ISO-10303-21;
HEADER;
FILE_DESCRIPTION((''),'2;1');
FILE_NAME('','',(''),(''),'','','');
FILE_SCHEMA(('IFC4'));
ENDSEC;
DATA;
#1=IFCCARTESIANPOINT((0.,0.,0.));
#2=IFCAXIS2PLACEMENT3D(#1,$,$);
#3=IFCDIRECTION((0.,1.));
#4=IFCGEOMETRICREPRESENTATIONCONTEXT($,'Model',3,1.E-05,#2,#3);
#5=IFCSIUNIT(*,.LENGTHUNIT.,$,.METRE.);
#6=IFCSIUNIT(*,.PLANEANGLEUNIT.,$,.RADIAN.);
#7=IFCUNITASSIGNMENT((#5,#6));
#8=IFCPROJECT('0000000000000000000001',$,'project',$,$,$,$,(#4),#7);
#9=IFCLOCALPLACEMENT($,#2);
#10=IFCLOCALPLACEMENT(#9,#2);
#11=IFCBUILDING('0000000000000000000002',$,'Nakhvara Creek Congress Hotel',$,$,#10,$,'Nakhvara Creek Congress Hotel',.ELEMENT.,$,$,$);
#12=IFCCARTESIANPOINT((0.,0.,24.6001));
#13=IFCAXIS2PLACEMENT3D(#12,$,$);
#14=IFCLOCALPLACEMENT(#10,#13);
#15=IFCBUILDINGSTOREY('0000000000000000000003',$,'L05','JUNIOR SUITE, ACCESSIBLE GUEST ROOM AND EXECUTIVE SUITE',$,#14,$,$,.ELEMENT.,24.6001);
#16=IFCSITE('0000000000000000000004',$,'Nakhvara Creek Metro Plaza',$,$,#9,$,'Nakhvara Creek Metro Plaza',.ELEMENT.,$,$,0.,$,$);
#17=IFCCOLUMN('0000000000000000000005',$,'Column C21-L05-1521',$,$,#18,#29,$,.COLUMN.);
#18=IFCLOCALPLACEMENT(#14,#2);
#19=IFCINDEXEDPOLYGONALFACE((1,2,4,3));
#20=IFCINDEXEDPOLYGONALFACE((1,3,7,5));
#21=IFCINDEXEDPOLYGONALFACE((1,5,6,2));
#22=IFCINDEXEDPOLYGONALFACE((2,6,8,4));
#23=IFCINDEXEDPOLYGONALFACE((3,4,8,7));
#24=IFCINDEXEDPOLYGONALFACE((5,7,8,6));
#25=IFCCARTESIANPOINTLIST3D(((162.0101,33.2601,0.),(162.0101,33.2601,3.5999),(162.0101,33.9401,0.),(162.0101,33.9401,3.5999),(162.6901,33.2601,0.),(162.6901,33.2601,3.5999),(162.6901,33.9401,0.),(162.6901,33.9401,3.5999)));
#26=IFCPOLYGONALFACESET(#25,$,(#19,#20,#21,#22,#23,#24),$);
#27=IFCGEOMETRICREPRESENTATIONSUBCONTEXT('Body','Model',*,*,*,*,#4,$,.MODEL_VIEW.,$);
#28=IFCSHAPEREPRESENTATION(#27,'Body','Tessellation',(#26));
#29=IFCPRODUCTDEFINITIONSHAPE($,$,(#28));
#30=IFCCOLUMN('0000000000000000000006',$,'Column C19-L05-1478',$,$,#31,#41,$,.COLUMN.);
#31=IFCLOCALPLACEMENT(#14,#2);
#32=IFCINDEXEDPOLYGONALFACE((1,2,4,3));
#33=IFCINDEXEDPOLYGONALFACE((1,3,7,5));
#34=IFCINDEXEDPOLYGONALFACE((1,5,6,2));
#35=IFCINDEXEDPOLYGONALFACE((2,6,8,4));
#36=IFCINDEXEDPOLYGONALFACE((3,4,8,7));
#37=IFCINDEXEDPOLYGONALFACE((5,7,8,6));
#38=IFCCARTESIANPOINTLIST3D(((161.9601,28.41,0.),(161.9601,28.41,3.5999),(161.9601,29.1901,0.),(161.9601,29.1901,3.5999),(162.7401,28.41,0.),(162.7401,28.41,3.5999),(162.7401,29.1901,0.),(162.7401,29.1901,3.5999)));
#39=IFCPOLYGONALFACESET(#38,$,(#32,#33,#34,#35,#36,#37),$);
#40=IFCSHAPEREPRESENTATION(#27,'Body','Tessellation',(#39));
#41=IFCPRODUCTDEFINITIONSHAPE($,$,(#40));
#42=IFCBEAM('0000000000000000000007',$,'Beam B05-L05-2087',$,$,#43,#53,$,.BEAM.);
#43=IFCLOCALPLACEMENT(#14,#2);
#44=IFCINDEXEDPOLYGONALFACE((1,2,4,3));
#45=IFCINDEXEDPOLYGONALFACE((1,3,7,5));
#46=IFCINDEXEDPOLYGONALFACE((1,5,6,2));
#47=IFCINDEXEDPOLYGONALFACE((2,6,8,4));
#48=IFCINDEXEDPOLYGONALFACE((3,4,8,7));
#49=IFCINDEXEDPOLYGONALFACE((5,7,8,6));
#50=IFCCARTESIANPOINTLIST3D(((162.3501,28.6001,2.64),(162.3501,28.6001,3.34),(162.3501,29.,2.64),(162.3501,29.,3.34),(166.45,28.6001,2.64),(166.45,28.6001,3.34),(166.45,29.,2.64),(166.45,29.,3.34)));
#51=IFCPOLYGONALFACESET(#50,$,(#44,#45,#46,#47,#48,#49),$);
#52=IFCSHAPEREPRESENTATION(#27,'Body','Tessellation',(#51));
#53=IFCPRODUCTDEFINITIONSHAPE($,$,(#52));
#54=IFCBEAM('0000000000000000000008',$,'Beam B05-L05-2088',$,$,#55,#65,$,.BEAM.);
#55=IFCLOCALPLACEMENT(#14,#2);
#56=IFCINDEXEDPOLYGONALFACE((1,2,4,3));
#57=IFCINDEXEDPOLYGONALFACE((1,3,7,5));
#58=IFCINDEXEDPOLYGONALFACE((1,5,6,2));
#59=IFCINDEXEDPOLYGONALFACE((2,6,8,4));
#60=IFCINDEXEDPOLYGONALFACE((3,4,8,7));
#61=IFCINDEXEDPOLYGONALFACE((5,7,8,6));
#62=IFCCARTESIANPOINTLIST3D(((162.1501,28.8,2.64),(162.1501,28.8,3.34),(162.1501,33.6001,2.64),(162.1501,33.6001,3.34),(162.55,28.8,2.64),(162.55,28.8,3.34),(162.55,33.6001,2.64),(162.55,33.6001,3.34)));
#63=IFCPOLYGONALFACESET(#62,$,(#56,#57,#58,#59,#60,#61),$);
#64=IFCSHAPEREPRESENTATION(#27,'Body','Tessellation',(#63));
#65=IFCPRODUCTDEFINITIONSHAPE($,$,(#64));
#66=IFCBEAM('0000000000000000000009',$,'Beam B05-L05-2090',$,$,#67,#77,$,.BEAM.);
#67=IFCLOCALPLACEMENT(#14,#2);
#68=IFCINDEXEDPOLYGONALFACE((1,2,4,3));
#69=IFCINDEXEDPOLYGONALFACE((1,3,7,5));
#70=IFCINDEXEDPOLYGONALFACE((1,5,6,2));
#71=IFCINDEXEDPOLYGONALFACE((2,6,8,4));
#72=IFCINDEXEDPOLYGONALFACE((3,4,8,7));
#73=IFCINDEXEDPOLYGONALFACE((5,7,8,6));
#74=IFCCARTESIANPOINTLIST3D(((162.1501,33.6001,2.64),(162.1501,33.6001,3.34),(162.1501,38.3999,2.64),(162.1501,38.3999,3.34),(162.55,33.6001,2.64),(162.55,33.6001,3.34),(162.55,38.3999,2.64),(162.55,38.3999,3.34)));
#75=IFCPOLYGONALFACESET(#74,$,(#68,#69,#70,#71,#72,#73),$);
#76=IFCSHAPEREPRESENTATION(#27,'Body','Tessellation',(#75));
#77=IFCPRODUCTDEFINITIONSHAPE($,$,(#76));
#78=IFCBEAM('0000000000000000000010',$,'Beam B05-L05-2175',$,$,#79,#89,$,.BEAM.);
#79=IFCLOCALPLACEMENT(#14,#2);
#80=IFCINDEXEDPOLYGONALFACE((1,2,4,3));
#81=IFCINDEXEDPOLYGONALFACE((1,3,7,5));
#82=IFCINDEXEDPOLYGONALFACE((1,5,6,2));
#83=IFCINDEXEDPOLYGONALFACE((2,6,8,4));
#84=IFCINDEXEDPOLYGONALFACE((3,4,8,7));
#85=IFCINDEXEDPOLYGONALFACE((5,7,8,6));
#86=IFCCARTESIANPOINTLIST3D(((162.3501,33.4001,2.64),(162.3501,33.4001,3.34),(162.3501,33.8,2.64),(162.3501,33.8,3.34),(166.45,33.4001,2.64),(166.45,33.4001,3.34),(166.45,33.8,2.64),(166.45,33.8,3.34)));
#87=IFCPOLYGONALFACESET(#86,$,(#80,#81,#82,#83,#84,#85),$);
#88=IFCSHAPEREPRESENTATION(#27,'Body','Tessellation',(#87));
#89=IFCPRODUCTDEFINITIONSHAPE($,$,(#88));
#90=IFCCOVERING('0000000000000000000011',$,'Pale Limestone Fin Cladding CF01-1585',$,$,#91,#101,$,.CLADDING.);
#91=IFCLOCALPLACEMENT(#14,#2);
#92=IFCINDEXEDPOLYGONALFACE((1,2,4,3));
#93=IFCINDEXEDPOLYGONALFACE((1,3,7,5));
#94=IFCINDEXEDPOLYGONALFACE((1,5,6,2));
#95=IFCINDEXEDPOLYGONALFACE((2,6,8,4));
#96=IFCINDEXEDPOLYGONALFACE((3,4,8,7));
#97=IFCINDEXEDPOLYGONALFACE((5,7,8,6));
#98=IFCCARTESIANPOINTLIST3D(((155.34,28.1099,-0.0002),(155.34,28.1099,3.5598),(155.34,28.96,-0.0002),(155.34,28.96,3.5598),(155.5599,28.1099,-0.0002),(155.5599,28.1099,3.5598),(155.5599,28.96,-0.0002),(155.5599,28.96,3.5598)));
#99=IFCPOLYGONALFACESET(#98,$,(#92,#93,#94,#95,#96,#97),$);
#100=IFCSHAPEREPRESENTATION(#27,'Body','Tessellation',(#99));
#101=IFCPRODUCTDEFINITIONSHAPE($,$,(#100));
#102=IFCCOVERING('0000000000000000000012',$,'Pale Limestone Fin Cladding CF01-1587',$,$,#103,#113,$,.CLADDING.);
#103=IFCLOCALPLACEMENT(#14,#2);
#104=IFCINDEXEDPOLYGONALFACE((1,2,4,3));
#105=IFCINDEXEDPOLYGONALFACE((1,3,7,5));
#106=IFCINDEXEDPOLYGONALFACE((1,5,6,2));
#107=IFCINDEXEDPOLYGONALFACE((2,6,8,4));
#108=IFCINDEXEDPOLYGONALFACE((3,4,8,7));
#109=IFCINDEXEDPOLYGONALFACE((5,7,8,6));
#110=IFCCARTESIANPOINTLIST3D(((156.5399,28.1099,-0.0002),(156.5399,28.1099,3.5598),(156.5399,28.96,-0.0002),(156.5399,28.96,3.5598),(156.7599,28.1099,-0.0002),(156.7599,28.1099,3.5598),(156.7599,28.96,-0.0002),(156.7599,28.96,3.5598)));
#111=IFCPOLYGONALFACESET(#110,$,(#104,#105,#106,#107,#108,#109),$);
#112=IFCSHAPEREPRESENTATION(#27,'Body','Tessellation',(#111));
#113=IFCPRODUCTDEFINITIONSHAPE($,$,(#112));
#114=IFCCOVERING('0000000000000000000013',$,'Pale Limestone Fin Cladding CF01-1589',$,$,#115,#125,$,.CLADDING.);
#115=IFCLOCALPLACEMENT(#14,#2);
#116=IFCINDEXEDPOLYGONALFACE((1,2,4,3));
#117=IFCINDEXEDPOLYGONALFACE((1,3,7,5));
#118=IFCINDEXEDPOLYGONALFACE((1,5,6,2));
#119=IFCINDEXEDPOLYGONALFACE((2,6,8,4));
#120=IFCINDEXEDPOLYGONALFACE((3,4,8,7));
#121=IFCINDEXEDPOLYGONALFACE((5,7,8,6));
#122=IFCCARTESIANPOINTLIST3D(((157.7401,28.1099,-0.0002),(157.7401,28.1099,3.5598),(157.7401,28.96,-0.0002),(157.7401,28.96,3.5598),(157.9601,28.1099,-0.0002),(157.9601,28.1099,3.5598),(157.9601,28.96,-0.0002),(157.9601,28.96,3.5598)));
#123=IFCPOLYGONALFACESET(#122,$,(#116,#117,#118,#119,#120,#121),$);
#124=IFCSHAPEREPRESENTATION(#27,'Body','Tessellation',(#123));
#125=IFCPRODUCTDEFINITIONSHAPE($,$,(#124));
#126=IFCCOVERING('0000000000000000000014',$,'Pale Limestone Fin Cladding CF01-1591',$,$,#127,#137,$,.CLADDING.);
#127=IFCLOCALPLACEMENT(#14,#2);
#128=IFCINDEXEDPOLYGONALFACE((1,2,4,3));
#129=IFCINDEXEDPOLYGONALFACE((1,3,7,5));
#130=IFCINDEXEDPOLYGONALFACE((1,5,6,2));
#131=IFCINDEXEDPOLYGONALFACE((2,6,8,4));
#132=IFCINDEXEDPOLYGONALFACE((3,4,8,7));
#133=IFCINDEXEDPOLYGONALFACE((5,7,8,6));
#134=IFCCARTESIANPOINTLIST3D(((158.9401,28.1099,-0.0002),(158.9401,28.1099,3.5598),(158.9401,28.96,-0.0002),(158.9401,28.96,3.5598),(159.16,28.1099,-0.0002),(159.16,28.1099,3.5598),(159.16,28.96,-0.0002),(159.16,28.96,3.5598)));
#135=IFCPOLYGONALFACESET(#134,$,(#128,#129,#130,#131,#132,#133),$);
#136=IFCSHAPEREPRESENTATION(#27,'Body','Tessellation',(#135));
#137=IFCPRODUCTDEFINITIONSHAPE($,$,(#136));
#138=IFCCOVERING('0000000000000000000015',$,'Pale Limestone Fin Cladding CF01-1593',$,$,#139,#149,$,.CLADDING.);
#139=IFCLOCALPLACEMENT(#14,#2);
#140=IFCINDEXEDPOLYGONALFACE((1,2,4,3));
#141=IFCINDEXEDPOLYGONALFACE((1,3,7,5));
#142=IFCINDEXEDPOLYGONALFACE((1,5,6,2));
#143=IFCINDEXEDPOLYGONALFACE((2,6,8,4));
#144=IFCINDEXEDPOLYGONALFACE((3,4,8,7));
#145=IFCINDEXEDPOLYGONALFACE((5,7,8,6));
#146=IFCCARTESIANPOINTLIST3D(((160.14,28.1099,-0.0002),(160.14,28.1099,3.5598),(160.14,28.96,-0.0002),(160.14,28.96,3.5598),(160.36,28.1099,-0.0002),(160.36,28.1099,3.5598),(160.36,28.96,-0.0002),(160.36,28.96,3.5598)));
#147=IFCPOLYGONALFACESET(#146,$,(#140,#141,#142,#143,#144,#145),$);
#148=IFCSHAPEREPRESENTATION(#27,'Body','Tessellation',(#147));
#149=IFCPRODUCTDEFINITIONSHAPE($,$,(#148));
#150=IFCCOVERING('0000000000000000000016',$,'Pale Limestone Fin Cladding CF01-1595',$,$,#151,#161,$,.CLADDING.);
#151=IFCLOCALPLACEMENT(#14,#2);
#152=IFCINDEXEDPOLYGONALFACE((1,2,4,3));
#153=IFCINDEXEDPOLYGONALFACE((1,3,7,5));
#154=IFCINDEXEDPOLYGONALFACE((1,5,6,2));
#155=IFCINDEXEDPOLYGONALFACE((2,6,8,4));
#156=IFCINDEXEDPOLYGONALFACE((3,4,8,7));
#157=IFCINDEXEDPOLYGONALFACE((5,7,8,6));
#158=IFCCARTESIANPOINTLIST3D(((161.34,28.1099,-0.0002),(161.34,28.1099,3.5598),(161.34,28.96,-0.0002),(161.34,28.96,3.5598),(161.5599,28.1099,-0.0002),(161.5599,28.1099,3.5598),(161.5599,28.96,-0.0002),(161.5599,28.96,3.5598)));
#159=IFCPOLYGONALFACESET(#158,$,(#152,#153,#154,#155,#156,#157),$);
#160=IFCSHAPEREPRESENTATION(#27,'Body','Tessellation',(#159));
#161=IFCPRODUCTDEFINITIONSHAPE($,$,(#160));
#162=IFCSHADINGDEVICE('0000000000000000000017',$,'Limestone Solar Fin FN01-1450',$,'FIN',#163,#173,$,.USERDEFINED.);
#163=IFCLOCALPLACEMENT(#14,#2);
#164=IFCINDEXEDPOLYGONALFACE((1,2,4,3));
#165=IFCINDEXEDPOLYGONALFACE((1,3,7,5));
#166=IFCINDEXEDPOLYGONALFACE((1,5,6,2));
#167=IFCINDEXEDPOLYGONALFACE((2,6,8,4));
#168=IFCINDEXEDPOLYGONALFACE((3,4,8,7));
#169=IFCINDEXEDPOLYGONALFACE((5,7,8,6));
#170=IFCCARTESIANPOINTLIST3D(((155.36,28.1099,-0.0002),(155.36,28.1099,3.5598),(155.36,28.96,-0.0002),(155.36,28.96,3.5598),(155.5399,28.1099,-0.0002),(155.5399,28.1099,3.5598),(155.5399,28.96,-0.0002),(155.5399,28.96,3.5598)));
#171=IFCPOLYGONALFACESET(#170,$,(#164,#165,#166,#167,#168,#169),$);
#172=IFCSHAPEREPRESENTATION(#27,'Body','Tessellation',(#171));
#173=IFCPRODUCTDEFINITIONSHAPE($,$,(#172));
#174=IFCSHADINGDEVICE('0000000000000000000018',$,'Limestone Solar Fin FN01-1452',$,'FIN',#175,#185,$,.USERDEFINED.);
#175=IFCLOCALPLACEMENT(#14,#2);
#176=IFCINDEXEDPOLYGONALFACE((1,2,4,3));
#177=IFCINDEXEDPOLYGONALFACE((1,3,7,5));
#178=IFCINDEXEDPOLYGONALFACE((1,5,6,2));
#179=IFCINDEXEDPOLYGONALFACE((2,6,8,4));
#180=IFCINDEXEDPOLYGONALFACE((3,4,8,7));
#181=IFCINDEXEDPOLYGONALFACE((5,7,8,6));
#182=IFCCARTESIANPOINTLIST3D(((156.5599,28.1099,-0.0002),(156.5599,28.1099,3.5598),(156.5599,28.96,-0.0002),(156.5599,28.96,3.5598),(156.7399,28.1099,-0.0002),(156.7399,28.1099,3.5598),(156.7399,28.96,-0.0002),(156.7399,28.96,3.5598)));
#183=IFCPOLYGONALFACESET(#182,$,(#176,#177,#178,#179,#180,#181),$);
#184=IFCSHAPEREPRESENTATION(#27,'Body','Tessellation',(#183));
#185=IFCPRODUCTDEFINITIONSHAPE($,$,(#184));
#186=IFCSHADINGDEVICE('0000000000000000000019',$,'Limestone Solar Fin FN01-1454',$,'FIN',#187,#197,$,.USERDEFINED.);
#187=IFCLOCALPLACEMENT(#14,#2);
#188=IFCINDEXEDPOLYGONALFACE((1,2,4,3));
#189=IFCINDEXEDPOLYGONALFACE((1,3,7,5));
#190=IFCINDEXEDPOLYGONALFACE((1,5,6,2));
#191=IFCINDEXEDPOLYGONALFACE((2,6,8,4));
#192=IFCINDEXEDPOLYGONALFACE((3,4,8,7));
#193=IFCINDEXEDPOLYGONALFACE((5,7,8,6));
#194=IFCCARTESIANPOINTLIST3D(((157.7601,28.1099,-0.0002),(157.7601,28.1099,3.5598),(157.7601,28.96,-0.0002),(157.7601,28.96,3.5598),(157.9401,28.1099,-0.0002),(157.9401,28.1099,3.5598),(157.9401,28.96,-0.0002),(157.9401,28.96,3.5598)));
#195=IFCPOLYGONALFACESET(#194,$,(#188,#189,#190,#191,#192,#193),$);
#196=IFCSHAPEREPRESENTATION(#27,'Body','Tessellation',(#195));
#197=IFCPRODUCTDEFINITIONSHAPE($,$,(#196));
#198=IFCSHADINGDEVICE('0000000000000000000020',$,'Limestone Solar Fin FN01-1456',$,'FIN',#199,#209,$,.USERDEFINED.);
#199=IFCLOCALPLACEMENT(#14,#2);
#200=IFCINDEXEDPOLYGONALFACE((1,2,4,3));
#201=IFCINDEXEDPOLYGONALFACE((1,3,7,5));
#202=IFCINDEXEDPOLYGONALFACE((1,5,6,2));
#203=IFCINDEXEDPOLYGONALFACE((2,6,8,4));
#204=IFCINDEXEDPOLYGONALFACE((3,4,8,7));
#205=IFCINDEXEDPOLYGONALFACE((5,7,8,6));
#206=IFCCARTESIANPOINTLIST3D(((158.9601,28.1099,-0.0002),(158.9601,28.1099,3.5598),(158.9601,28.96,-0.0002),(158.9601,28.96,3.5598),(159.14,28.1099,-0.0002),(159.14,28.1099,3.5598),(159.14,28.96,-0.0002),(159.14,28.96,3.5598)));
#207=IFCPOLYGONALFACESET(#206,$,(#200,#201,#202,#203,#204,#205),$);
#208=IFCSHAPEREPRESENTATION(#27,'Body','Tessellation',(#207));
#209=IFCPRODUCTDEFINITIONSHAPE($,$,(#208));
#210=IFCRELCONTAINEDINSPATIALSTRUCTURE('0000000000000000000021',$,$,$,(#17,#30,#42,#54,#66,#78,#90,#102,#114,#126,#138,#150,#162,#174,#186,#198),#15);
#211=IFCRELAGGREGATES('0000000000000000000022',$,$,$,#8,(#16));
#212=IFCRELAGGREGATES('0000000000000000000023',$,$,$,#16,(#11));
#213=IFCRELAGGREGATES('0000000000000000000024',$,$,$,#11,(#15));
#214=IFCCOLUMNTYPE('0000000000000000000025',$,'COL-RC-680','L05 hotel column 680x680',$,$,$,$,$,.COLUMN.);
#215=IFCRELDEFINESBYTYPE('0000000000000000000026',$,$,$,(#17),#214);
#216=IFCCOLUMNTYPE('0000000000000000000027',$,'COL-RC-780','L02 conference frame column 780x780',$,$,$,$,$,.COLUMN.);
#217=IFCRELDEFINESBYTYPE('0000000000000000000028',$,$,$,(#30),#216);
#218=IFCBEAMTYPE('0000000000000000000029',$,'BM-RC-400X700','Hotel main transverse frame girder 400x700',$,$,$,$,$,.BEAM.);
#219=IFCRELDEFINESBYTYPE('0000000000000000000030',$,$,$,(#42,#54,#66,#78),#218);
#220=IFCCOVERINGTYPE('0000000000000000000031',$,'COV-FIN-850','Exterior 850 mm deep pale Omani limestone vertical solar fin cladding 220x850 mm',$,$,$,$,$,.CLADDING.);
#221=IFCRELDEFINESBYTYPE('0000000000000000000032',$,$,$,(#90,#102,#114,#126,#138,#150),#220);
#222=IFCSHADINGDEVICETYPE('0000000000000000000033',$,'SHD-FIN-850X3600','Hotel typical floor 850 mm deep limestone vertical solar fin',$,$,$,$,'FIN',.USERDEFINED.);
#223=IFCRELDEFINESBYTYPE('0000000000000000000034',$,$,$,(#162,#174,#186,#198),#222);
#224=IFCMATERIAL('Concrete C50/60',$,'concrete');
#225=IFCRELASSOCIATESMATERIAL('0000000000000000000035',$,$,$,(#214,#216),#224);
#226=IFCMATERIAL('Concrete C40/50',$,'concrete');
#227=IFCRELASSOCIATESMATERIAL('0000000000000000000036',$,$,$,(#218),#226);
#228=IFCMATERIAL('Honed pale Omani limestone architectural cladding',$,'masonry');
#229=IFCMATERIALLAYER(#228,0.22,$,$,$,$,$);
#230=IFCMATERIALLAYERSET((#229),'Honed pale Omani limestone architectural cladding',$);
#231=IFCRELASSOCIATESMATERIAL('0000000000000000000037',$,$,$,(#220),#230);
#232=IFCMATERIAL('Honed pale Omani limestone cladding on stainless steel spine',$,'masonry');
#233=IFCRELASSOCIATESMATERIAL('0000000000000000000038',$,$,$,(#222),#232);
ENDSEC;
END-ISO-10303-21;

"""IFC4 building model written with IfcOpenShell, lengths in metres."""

from ifc_helpers import new_model, si_unit, direction, frame, origin, origin_2d, place, context, subcontext, project, spatial, rectangle, extrude, material, layer, layer_set, material_profile, profile_set, type_object, element, save


model = new_model("IFC4")

# Units and contexts
model_context = context("Model", 3, precision=1e-05, world=origin(), true_north=direction((0.0, 1.0)))
body_context = subcontext(model_context, "Body", "Model", "MODEL_VIEW")
ifc_project = project(units=[si_unit("LENGTHUNIT", "METRE"), si_unit("PLANEANGLEUNIT", "RADIAN")], contexts=[model_context])

# Site, building, storey
site_placement = place(None, origin())
site = spatial("IfcSite", under=ifc_project, at=site_placement, Name="Nakhvara Creek Metro Plaza", LongName="Nakhvara Creek Metro Plaza", CompositionType="ELEMENT", RefElevation=0.0)
building_placement = place(site_placement, origin())
building = spatial("IfcBuilding", under=site, at=building_placement, Name="Nakhvara Creek Congress Hotel", LongName="Nakhvara Creek Congress Hotel", CompositionType="ELEMENT")
storey_placement = place(building_placement, frame((0.0, 0.0, 24.6001)))
storey = spatial("IfcBuildingStorey", under=building, at=storey_placement, Name="L05", Description="JUNIOR SUITE, ACCESSIBLE GUEST ROOM AND EXECUTIVE SUITE", CompositionType="ELEMENT", Elevation=24.6001)

# Columns
ifc_material_1 = material(Name="Concrete C50/60", Category="concrete")
ifc_material_profile_1 = material_profile(ifc_material_1, rectangle(XDim=0.6799, YDim=0.6799, at=origin_2d()), Name="RC-COL 680x680", Category="LoadBearing")
ifc_profile_set_1 = profile_set([ifc_material_profile_1], Name="Concrete C50/60")
column_type_1 = type_object("IfcColumnType", Name="COL-RC-680", Description="L05 hotel column 680x680", PredefinedType="COLUMN", material=ifc_profile_set_1)
column_1_placement = place(storey_placement, frame((162.3501, 33.6001, 0.0), z_axis=(0.0, 0.0, 1.0), x_axis=(1.0, 0.0, 0.0)))
element("IfcColumn", 1, at=column_1_placement, inside=storey, type_object=column_type_1, Name="Column C21-L05-1521", PredefinedType="COLUMN", context=body_context, shape_type="SweptSolid", body=[
    extrude(rectangle(XDim=0.6799, YDim=0.6799, at=origin_2d()), origin(), (0.0, 0.0, 1.0), 3.5999),
])
ifc_material_profile_2 = material_profile(ifc_material_1, rectangle(XDim=0.78, YDim=0.78, at=origin_2d()), Name="RC-COL 780x780", Category="LoadBearing")
ifc_profile_set_2 = profile_set([ifc_material_profile_2], Name="Concrete C50/60")
column_type_2 = type_object("IfcColumnType", Name="COL-RC-780", Description="L02 conference frame column 780x780", PredefinedType="COLUMN", material=ifc_profile_set_2)
column_2_placement = place(storey_placement, frame((162.3501, 28.8, 0.0), z_axis=(0.0, 0.0, 1.0), x_axis=(1.0, 0.0, 0.0)))
element("IfcColumn", 2, at=column_2_placement, inside=storey, type_object=column_type_2, Name="Column C19-L05-1478", PredefinedType="COLUMN", context=body_context, shape_type="SweptSolid", body=[
    extrude(rectangle(XDim=0.78, YDim=0.78, at=origin_2d()), origin(), (0.0, 0.0, 1.0), 3.5999),
])

# Beams
ifc_material_2 = material(Name="Concrete C40/50", Category="concrete")
ifc_material_profile_3 = material_profile(ifc_material_2, rectangle(XDim=0.3999, YDim=0.7, at=origin_2d()), Name="RC-BM 400x700", Category="LoadBearing")
ifc_profile_set_3 = profile_set([ifc_material_profile_3], Name="Concrete C40/50")
beam_type = type_object("IfcBeamType", Name="BM-RC-400X700", Description="Hotel main transverse frame girder 400x700", PredefinedType="BEAM", material=ifc_profile_set_3)
beam_1_placement = place(storey_placement, frame((162.3501, 28.8, 2.99), z_axis=(1.0, 0.0, 0.0), x_axis=(0.0, 1.0, 0.0)))
element("IfcBeam", 3, at=beam_1_placement, inside=storey, type_object=beam_type, Name="Beam B05-L05-2087", PredefinedType="BEAM", context=body_context, shape_type="SweptSolid", body=[
    extrude(rectangle(XDim=0.3999, YDim=0.7, at=origin_2d()), origin(), (0.0, 0.0, 1.0), 4.0999),
])
beam_2_placement = place(storey_placement, frame((162.3501, 28.8, 2.99), z_axis=(0.0, 1.0, 0.0), x_axis=(-1.0, 0.0, 0.0)))
element("IfcBeam", 4, at=beam_2_placement, inside=storey, type_object=beam_type, Name="Beam B05-L05-2088", PredefinedType="BEAM", context=body_context, shape_type="SweptSolid", body=[
    extrude(rectangle(XDim=0.3999, YDim=0.7, at=origin_2d()), origin(), (0.0, 0.0, 1.0), 4.8),
])
beam_3_placement = place(storey_placement, frame((162.3501, 33.6001, 2.99), z_axis=(0.0, 1.0, 0.0), x_axis=(-1.0, 0.0, 0.0)))
element("IfcBeam", 5, at=beam_3_placement, inside=storey, type_object=beam_type, Name="Beam B05-L05-2090", PredefinedType="BEAM", context=body_context, shape_type="SweptSolid", body=[
    extrude(rectangle(XDim=0.3999, YDim=0.7, at=origin_2d()), origin(), (0.0, 0.0, 1.0), 4.7998),
])
beam_4_placement = place(storey_placement, frame((162.3501, 33.6001, 2.99), z_axis=(1.0, 0.0, 0.0), x_axis=(0.0, 1.0, 0.0)))
element("IfcBeam", 6, at=beam_4_placement, inside=storey, type_object=beam_type, Name="Beam B05-L05-2175", PredefinedType="BEAM", context=body_context, shape_type="SweptSolid", body=[
    extrude(rectangle(XDim=0.3999, YDim=0.7, at=origin_2d()), origin(), (0.0, 0.0, 1.0), 4.0999),
])

# Coverings
ifc_material_3 = material(Name="Honed pale Omani limestone architectural cladding", Category="masonry")
ifc_layer = layer(ifc_material_3, 0.22)
ifc_layer_set = layer_set([ifc_layer], Name="Honed pale Omani limestone architectural cladding")
covering_type = type_object("IfcCoveringType", Name="COV-FIN-850", Description="Exterior 850 mm deep pale Omani limestone vertical solar fin cladding 220x850 mm", PredefinedType="CLADDING", material=ifc_layer_set)
for number, where, z_axis, x_axis, name in (
    (7, (155.45, 28.5349, -0.0002), (0.0, 0.0, 1.0), (1.0, 0.0, 0.0), "Pale Limestone Fin Cladding CF01-1585"),
    (8, (156.6499, 28.5349, -0.0002), (0.0, 0.0, 1.0), (1.0, 0.0, 0.0), "Pale Limestone Fin Cladding CF01-1587"),
    (9, (157.8501, 28.5349, -0.0002), (0.0, 0.0, 1.0), (1.0, 0.0, 0.0), "Pale Limestone Fin Cladding CF01-1589"),
    (10, (159.05, 28.5349, -0.0002), (0.0, 0.0, 1.0), (1.0, 0.0, 0.0), "Pale Limestone Fin Cladding CF01-1591"),
    (11, (160.25, 28.5349, -0.0002), (0.0, 0.0, 1.0), (1.0, 0.0, 0.0), "Pale Limestone Fin Cladding CF01-1593"),
    (12, (161.45, 28.5349, -0.0002), (0.0, 0.0, 1.0), (1.0, 0.0, 0.0), "Pale Limestone Fin Cladding CF01-1595"),
):
    element("IfcCovering", number, at=place(storey_placement, frame(where, z_axis=z_axis, x_axis=x_axis)), inside=storey, type_object=covering_type, Name=name, PredefinedType="CLADDING", context=body_context, shape_type="SweptSolid", body=[
        extrude(rectangle(XDim=0.22, YDim=0.8501, at=origin_2d()), origin(), (0.0, 0.0, 1.0), 3.5601),
    ])

# Shading devices
ifc_material_4 = material(Name="Honed pale Omani limestone cladding on stainless steel spine", Category="masonry")
shading_device_type = type_object("IfcShadingDeviceType", Name="SHD-FIN-850X3600", Description="Hotel typical floor 850 mm deep limestone vertical solar fin", ElementType="FIN", PredefinedType="USERDEFINED", material=ifc_material_4)
for number, where, z_axis, x_axis, name in (
    (13, (155.45, 28.5349, -0.0002), (0.0, 0.0, 1.0), (1.0, 0.0, 0.0), "Limestone Solar Fin FN01-1450"),
    (14, (156.6499, 28.5349, -0.0002), (0.0, 0.0, 1.0), (1.0, 0.0, 0.0), "Limestone Solar Fin FN01-1452"),
    (15, (157.8501, 28.5349, -0.0002), (0.0, 0.0, 1.0), (1.0, 0.0, 0.0), "Limestone Solar Fin FN01-1454"),
    (16, (159.05, 28.5349, -0.0002), (0.0, 0.0, 1.0), (1.0, 0.0, 0.0), "Limestone Solar Fin FN01-1456"),
):
    element("IfcShadingDevice", number, at=place(storey_placement, frame(where, z_axis=z_axis, x_axis=x_axis)), inside=storey, type_object=shading_device_type, Name=name, ObjectType="FIN", PredefinedType="USERDEFINED", context=body_context, shape_type="SweptSolid", body=[
        extrude(rectangle(XDim=0.1799, YDim=0.8501, at=origin_2d()), origin(), (0.0, 0.0, 1.0), 3.5601),
    ])

save(model, "model.ifc")
